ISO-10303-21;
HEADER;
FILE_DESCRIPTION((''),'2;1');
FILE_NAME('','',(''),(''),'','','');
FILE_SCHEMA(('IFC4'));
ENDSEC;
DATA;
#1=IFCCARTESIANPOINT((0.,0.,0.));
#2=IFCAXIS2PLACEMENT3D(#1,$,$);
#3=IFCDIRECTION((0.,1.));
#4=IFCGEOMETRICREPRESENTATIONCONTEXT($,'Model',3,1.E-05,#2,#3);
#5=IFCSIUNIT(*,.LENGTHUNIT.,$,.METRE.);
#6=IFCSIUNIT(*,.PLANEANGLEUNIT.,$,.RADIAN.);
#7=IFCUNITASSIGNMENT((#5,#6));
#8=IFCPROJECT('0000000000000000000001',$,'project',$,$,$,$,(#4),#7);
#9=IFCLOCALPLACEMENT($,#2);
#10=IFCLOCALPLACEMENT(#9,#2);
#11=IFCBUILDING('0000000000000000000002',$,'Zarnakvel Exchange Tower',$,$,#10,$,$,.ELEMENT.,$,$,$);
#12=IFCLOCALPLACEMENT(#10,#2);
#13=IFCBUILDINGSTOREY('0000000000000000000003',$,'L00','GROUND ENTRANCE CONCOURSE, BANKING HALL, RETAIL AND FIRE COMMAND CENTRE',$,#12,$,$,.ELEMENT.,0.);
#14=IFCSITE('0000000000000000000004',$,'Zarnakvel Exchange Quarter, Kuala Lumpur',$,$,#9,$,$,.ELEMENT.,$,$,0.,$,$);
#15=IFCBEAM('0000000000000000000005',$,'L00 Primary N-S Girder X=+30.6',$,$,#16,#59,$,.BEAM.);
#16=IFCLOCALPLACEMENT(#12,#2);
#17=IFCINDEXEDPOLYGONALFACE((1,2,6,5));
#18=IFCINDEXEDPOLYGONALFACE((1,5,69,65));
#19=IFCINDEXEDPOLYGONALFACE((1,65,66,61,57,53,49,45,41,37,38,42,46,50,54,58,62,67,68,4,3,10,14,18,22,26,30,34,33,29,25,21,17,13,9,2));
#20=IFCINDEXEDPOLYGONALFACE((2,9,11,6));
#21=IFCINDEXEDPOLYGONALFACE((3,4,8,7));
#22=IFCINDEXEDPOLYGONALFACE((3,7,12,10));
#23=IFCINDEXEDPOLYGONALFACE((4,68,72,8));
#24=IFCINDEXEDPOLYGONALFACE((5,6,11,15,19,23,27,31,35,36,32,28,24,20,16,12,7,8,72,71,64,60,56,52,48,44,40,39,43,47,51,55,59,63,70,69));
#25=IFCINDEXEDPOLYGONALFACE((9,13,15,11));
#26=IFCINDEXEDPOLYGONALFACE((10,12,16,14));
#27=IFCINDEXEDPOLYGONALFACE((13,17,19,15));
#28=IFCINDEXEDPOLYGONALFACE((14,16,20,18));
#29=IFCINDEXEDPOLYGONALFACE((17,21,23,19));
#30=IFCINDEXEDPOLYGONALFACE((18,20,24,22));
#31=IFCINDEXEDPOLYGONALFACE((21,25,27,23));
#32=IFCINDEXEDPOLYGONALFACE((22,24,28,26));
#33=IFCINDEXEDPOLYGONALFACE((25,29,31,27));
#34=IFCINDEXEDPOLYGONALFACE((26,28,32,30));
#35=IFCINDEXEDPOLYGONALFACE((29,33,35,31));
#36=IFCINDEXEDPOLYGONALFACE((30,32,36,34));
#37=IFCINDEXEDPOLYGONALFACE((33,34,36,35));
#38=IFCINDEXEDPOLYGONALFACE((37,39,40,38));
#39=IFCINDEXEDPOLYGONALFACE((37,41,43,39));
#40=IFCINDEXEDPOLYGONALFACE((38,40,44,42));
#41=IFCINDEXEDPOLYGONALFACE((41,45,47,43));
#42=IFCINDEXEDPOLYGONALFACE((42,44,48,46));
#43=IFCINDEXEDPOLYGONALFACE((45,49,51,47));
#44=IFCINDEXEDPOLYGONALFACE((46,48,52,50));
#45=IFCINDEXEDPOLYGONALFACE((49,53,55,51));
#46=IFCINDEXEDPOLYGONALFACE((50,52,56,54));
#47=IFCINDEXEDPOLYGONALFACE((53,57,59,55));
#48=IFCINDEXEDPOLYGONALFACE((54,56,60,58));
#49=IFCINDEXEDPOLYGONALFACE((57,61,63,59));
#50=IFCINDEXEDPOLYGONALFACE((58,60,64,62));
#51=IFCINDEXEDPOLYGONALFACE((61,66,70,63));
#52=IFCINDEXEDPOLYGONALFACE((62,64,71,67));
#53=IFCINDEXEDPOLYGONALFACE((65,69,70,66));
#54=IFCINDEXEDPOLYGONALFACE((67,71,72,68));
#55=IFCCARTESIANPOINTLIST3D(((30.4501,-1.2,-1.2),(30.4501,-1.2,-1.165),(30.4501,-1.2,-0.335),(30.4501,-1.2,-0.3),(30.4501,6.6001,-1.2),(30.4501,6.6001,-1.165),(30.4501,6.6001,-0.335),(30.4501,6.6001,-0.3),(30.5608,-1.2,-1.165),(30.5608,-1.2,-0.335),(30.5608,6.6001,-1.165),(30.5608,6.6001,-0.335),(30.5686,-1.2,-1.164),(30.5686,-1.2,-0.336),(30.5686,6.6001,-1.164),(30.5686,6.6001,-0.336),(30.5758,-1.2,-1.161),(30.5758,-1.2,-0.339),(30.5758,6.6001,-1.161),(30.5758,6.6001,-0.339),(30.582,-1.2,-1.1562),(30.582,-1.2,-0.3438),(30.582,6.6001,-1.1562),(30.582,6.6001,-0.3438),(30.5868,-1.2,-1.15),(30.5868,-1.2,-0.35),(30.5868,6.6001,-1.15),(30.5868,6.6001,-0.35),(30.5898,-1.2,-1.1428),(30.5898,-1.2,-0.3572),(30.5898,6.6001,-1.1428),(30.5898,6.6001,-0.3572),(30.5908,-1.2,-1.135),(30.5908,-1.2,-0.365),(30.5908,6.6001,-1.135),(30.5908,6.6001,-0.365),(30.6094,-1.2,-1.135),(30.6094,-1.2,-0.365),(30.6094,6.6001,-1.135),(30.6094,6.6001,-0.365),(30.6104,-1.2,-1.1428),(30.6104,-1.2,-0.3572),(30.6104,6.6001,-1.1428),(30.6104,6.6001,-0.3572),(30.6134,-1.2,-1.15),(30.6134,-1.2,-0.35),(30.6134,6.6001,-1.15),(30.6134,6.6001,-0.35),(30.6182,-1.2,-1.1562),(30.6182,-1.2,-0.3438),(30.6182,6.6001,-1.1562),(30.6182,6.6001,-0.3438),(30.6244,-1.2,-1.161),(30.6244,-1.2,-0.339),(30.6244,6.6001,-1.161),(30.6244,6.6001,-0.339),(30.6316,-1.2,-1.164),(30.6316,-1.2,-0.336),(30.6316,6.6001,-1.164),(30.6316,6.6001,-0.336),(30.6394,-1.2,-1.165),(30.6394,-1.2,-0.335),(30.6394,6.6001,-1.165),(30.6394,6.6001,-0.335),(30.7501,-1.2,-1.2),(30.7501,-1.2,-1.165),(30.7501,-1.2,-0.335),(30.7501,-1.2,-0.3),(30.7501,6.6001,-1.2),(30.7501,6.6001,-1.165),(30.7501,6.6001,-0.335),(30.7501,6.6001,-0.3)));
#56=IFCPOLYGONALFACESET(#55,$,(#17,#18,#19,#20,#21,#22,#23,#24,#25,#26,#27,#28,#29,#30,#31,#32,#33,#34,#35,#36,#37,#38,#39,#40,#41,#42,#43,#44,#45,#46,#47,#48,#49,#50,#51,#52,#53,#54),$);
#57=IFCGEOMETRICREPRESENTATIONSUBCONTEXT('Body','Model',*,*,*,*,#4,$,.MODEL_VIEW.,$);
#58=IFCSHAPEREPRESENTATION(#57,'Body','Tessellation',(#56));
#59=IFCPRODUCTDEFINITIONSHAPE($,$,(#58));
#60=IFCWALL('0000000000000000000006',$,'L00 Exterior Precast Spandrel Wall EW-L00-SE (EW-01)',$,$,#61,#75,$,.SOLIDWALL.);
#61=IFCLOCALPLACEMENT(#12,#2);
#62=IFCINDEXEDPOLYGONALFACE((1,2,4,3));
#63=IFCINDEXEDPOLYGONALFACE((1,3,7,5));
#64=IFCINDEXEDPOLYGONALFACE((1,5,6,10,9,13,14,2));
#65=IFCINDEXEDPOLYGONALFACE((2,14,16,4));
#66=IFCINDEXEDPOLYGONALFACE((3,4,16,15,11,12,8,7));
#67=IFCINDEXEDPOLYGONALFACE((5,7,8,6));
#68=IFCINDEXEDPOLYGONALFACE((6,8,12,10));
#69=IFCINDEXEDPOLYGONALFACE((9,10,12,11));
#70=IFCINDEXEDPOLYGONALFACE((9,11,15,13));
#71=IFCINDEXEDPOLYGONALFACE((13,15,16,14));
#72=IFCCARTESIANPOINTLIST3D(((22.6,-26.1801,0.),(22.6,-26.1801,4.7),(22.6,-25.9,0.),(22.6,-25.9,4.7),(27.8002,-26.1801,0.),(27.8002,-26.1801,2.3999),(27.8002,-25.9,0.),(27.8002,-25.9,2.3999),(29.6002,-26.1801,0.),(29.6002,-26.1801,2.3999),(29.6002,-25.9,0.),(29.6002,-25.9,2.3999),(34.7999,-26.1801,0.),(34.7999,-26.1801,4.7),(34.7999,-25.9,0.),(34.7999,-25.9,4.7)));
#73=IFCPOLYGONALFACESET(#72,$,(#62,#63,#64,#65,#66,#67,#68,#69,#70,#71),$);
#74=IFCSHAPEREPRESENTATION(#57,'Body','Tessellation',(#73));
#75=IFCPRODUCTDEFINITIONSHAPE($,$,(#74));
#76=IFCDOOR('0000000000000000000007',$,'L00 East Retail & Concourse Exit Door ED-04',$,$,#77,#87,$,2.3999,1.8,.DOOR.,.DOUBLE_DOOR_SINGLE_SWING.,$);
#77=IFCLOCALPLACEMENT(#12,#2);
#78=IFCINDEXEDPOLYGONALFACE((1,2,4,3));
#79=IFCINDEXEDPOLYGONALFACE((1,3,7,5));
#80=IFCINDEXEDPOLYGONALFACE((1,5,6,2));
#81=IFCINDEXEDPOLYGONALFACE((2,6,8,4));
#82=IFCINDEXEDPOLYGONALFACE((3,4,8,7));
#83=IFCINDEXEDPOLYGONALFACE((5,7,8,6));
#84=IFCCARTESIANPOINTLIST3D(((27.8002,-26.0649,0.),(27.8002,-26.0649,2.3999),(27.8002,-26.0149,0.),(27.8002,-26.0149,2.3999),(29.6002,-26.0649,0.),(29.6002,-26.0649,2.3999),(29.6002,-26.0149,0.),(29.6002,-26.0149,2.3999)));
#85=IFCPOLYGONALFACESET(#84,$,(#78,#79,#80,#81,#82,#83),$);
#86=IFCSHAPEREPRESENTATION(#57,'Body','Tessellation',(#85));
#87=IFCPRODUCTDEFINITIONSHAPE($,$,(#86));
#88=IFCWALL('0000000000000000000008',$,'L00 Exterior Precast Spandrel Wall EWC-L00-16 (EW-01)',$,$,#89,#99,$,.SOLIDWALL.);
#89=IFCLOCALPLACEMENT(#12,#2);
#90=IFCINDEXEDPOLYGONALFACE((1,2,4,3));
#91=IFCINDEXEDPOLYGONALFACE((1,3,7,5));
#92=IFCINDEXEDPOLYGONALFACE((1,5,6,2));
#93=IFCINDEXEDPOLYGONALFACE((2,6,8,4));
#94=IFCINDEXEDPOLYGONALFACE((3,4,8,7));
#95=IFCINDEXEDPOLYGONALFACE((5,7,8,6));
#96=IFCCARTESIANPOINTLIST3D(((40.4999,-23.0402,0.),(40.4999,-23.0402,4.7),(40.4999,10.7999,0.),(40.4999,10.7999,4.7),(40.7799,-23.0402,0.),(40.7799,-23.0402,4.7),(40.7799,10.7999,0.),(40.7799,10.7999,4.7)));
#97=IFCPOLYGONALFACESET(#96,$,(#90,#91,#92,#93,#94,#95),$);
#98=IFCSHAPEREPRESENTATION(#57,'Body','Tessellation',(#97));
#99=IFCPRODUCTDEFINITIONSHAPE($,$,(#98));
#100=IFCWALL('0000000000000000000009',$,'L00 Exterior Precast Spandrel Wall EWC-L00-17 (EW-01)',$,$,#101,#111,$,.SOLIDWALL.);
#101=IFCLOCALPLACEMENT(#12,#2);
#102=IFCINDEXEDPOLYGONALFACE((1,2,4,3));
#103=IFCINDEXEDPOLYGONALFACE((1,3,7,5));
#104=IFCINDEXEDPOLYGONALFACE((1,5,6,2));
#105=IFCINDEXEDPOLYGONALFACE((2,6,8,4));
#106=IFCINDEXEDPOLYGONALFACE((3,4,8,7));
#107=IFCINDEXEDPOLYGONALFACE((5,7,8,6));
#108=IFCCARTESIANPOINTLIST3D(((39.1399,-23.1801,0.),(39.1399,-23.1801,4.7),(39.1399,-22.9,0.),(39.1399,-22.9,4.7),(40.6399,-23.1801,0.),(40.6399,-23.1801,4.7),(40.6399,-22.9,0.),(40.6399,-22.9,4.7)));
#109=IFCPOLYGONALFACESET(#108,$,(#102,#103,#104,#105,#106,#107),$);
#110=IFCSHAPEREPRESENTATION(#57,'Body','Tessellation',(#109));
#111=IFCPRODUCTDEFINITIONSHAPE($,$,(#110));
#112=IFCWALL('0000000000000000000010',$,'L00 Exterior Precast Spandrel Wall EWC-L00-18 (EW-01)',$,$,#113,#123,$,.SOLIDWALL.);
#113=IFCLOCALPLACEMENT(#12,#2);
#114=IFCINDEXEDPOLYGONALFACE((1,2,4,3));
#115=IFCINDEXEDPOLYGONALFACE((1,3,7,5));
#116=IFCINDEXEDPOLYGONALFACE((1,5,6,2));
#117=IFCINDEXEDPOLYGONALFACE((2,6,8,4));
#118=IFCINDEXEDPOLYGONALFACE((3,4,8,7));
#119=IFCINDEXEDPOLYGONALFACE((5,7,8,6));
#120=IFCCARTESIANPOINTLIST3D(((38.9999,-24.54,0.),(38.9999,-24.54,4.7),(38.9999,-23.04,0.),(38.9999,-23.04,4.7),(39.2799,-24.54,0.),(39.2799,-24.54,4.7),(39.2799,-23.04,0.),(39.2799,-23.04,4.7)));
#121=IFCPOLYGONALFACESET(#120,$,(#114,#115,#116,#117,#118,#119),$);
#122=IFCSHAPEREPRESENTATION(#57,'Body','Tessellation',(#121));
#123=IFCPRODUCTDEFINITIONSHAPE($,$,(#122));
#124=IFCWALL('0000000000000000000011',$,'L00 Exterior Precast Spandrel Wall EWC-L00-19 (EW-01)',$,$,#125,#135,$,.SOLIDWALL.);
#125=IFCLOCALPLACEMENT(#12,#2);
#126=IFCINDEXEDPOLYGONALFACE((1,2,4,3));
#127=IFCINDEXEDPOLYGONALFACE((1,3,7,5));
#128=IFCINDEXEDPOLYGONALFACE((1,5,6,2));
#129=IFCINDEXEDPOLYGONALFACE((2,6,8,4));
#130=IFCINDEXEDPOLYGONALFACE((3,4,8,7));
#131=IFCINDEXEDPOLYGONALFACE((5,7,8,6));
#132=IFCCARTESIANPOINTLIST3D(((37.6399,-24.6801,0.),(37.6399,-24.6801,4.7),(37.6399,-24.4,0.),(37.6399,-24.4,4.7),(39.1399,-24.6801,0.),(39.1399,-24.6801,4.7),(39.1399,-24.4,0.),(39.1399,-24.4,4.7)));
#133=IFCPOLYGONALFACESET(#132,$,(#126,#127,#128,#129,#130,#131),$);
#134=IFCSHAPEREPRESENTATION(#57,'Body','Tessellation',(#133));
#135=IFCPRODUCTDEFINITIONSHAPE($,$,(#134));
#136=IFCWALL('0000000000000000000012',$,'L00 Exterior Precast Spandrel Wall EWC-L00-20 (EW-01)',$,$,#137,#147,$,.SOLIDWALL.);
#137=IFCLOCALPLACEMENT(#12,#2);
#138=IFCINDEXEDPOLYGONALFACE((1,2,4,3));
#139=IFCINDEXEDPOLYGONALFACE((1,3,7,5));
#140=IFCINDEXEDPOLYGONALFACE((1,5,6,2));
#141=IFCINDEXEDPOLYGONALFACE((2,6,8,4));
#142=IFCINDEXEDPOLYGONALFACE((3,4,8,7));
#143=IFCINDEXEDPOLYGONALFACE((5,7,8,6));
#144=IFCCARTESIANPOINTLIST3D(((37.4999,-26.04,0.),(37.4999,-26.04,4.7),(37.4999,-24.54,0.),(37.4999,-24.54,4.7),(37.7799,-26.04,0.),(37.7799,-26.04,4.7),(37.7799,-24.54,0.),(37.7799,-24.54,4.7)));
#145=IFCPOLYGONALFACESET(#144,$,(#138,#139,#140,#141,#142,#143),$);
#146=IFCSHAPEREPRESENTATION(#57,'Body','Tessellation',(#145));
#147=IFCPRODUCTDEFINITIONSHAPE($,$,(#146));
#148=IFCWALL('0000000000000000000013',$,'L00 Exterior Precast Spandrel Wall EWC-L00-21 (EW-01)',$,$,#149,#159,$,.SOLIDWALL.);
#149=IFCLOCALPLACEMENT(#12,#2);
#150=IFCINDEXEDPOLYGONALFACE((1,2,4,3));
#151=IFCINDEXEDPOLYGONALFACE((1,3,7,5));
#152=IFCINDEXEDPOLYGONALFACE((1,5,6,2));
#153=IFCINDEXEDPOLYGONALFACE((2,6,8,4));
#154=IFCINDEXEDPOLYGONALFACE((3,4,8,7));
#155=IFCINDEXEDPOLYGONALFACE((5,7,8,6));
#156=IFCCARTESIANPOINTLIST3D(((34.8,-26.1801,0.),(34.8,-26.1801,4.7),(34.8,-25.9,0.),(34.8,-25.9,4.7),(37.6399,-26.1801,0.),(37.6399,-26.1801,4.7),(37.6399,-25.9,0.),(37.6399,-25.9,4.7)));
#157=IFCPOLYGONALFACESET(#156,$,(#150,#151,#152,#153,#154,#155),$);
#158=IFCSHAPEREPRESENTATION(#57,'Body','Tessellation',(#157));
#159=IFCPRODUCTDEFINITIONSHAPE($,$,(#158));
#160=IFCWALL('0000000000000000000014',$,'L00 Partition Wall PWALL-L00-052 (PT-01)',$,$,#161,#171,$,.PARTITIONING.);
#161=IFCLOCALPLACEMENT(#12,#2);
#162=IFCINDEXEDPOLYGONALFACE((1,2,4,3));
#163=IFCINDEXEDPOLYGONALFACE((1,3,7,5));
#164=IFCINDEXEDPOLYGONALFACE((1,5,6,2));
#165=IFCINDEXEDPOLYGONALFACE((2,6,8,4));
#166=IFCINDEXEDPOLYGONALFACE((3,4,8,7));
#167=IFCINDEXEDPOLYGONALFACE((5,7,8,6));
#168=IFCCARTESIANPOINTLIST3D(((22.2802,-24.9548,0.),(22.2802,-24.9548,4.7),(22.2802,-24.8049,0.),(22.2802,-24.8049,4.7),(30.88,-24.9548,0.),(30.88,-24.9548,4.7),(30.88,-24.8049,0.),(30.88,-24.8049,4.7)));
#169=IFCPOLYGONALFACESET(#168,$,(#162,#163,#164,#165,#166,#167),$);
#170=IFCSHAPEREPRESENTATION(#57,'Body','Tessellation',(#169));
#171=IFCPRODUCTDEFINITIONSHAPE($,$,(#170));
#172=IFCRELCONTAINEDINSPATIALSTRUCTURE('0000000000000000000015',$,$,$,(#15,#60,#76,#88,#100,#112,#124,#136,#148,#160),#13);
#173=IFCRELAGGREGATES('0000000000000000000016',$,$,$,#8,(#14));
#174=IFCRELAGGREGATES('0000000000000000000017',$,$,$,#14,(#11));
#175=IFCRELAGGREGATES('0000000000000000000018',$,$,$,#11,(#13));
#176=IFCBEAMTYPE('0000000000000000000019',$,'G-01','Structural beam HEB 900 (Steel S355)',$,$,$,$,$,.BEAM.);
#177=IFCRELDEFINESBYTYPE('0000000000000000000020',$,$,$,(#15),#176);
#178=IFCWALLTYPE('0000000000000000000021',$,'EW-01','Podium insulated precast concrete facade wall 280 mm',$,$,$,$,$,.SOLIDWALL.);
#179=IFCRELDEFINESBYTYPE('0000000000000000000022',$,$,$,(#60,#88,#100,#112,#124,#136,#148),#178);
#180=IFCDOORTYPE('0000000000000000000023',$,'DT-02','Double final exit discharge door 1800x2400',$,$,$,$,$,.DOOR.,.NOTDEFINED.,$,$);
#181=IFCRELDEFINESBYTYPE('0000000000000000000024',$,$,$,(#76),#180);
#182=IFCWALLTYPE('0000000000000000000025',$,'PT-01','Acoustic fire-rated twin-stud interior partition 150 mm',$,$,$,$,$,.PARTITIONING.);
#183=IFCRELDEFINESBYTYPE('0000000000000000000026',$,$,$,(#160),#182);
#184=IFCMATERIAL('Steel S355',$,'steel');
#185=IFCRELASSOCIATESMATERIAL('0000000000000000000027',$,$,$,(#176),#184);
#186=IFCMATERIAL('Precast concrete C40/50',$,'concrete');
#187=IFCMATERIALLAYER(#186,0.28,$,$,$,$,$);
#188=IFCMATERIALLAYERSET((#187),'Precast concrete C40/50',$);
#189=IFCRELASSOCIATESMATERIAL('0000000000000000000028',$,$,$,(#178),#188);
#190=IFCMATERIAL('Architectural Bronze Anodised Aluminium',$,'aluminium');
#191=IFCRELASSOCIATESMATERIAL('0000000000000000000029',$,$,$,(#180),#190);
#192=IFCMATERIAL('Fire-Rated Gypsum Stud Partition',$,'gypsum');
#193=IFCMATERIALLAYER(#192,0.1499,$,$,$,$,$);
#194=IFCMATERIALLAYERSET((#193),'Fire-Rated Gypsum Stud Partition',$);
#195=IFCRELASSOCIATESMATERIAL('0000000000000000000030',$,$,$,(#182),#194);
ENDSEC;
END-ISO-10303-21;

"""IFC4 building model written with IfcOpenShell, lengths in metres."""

from ifc_helpers import new_model, si_unit, direction, frame, frame_2d, origin, origin_2d, place, context, subcontext, project, spatial, rectangle, i_section, extrude, source, transform, mapped, material, layer, layer_set, material_profile, profile_set, type_object, element, fill, save


model = new_model("IFC4")

# Units and contexts
model_context = context("Model", 3, precision=1e-05, world=origin(), true_north=direction((0.0, 1.0)))
body_context = subcontext(model_context, "Body", "Model", "MODEL_VIEW")
ifc_project = project(units=[si_unit("LENGTHUNIT", "METRE"), si_unit("PLANEANGLEUNIT", "RADIAN")], contexts=[model_context])

# Site, building, storey
site_placement = place(None, origin())
site = spatial("IfcSite", under=ifc_project, at=site_placement, Name="Zarnakvel Exchange Quarter, Kuala Lumpur", CompositionType="ELEMENT", RefElevation=0.0)
building_placement = place(site_placement, origin())
building = spatial("IfcBuilding", under=site, at=building_placement, Name="Zarnakvel Exchange Tower", CompositionType="ELEMENT")
storey_placement = place(building_placement, origin())
storey = spatial("IfcBuildingStorey", under=building, at=storey_placement, Name="L00", Description="GROUND ENTRANCE CONCOURSE, BANKING HALL, RETAIL AND FIRE COMMAND CENTRE", CompositionType="ELEMENT", Elevation=0.0)

# Beam
ifc_material_1 = material(Name="Steel S355", Category="steel")
ifc_material_profile_1 = material_profile(ifc_material_1, i_section(OverallWidth=0.3, OverallDepth=0.8999, WebThickness=0.0186, FlangeThickness=0.0349, FilletRadius=0.03, at=origin_2d()))
ifc_profile_set_1 = profile_set([ifc_material_profile_1], Name="Steel S355")
beam_type_1 = type_object("IfcBeamType", Name="G-01", Description="Structural beam HEB 900 (Steel S355)", PredefinedType="BEAM", material=ifc_profile_set_1)
beam_1_placement = place(storey_placement, frame((30.6001, -1.2, -0.75), z_axis=(0.0, 1.0, 0.0), x_axis=(-1.0, 0.0, 0.0)))
element("IfcBeam", 1, at=beam_1_placement, inside=storey, type_object=beam_type_1, Name="L00 Primary N-S Girder X=+30.6", PredefinedType="BEAM", context=body_context, shape_type="SweptSolid", body=[
    extrude(i_section(OverallWidth=0.3, OverallDepth=0.8999, WebThickness=0.0186, FlangeThickness=0.0349, FilletRadius=0.03, at=origin_2d()), origin(), (0.0, 0.0, 1.0), 7.8),
])

# Wall, opening, door
ifc_material_2 = material(Name="Precast concrete C40/50", Category="concrete")
ifc_layer_1 = layer(ifc_material_2, 0.28)
ifc_layer_set_1 = layer_set([ifc_layer_1], Name="Precast concrete C40/50")
wall_type_1 = type_object("IfcWallType", Name="EW-01", Description="Podium insulated precast concrete facade wall 280 mm", PredefinedType="SOLIDWALL", material=ifc_layer_set_1)
wall_1_placement = place(storey_placement, frame((34.8, -26.04, 0.0), z_axis=(0.0, 0.0, 1.0), x_axis=(-1.0, 0.0, 0.0)))
wall_1 = element("IfcWall", 2, at=wall_1_placement, inside=storey, type_object=wall_type_1, Name="L00 Exterior Precast Spandrel Wall EW-L00-SE (EW-01)", PredefinedType="SOLIDWALL", context=body_context, shape_type="SweptSolid", body=[
    extrude(rectangle(XDim=12.2, YDim=0.28, at=frame_2d((6.1001, 0.0))), origin(), (0.0, 0.0, 1.0), 4.7),
])
opening_1_placement = place(wall_1_placement, frame((5.2, 0.0, 0.0)))
opening_1 = element("IfcOpeningElement", 3, at=opening_1_placement, cuts=wall_1, PredefinedType="OPENING", context=body_context, shape_type="SweptSolid", body=[
    extrude(rectangle(XDim=1.8, YDim=2.3999, at=frame_2d((0.8999, 1.2))), frame((0.0, 0.1499, 0.0), z_axis=(0.0, -1.0, 0.0), x_axis=(1.0, 0.0, 0.0)), (0.0, 0.0, 1.0), 0.3),
])
ifc_material_3 = material(Name="Architectural Bronze Anodised Aluminium", Category="aluminium")
door_type_1 = type_object("IfcDoorType", Name="DT-02", Description="Double final exit discharge door 1800x2400", OperationType="NOTDEFINED", PredefinedType="DOOR", material=ifc_material_3)
shared_shape_1 = source(origin(), body_context, "Body", "SweptSolid", [
    extrude(rectangle(XDim=1.8, YDim=2.3999, at=frame_2d((0.8999, 1.2))), frame((0.0, 0.0249, 0.0), z_axis=(0.0, -1.0, 0.0), x_axis=(1.0, 0.0, 0.0)), (0.0, 0.0, 1.0), 0.05),
])
door_1_placement = place(opening_1_placement, origin())
door_1 = element("IfcDoor", 4, at=door_1_placement, inside=storey, type_object=door_type_1, Name="L00 East Retail & Concourse Exit Door ED-04", OperationType="DOUBLE_DOOR_SINGLE_SWING", OverallHeight=2.3999, OverallWidth=1.8, PredefinedType="DOOR", context=body_context, shape_type="MappedRepresentation", body=[
    mapped(shared_shape_1, transform((0.0, 0.0, 0.0), x_axis=(1.0, 0.0, 0.0), y_axis=(0.0, 1.0, 0.0), z_axis=(0.0, 0.0, 1.0), scale=1.0)),
])
fill(opening_1, door_1)

# Walls
wall_2_placement = place(storey_placement, frame((40.6399, -23.04, 0.0), z_axis=(0.0, 0.0, 1.0), x_axis=(0.0, 1.0, 0.0)))
element("IfcWall", 5, at=wall_2_placement, inside=storey, type_object=wall_type_1, Name="L00 Exterior Precast Spandrel Wall EWC-L00-16 (EW-01)", PredefinedType="SOLIDWALL", context=body_context, shape_type="SweptSolid", body=[
    extrude(rectangle(XDim=33.8401, YDim=0.28, at=frame_2d((16.9199, 0.0))), origin(), (0.0, 0.0, 1.0), 4.7),
])
for number, where, z_axis, x_axis, name in (
    (6, (39.1399, -23.04, 0.0), (0.0, 0.0, 1.0), (1.0, 0.0, 0.0), "L00 Exterior Precast Spandrel Wall EWC-L00-17 (EW-01)"),
    (7, (39.1399, -24.54, 0.0), (0.0, 0.0, 1.0), (0.0, 1.0, 0.0), "L00 Exterior Precast Spandrel Wall EWC-L00-18 (EW-01)"),
    (8, (37.6399, -24.54, 0.0), (0.0, 0.0, 1.0), (1.0, 0.0, 0.0), "L00 Exterior Precast Spandrel Wall EWC-L00-19 (EW-01)"),
    (9, (37.6399, -26.04, 0.0), (0.0, 0.0, 1.0), (0.0, 1.0, 0.0), "L00 Exterior Precast Spandrel Wall EWC-L00-20 (EW-01)"),
):
    element("IfcWall", number, at=place(storey_placement, frame(where, z_axis=z_axis, x_axis=x_axis)), inside=storey, type_object=wall_type_1, Name=name, PredefinedType="SOLIDWALL", context=body_context, shape_type="SweptSolid", body=[
        extrude(rectangle(XDim=1.5, YDim=0.28, at=frame_2d((0.75, 0.0))), origin(), (0.0, 0.0, 1.0), 4.7),
    ])
wall_3_placement = place(storey_placement, frame((34.8, -26.04, 0.0), z_axis=(0.0, 0.0, 1.0), x_axis=(1.0, 0.0, 0.0)))
element("IfcWall", 10, at=wall_3_placement, inside=storey, type_object=wall_type_1, Name="L00 Exterior Precast Spandrel Wall EWC-L00-21 (EW-01)", PredefinedType="SOLIDWALL", context=body_context, shape_type="SweptSolid", body=[
    extrude(rectangle(XDim=2.8398, YDim=0.28, at=frame_2d((1.4199, 0.0))), origin(), (0.0, 0.0, 1.0), 4.7),
])
ifc_material_4 = material(Name="Fire-Rated Gypsum Stud Partition", Category="gypsum")
ifc_layer_2 = layer(ifc_material_4, 0.1499)
ifc_layer_set_2 = layer_set([ifc_layer_2], Name="Fire-Rated Gypsum Stud Partition")
wall_type_2 = type_object("IfcWallType", Name="PT-01", Description="Acoustic fire-rated twin-stud interior partition 150 mm", PredefinedType="PARTITIONING", material=ifc_layer_set_2)
wall_4_placement = place(storey_placement, frame((30.8799, -24.8799, 0.0), z_axis=(0.0, 0.0, 1.0), x_axis=(-1.0, 0.0, 0.0)))
element("IfcWall", 11, at=wall_4_placement, inside=storey, type_object=wall_type_2, Name="L00 Partition Wall PWALL-L00-052 (PT-01)", PredefinedType="PARTITIONING", context=body_context, shape_type="SweptSolid", body=[
    extrude(rectangle(XDim=8.5999, YDim=0.1499, at=frame_2d((4.2998, 0.0))), origin(), (0.0, 0.0, 1.0), 4.7),
])

save(model, "model.ifc")
